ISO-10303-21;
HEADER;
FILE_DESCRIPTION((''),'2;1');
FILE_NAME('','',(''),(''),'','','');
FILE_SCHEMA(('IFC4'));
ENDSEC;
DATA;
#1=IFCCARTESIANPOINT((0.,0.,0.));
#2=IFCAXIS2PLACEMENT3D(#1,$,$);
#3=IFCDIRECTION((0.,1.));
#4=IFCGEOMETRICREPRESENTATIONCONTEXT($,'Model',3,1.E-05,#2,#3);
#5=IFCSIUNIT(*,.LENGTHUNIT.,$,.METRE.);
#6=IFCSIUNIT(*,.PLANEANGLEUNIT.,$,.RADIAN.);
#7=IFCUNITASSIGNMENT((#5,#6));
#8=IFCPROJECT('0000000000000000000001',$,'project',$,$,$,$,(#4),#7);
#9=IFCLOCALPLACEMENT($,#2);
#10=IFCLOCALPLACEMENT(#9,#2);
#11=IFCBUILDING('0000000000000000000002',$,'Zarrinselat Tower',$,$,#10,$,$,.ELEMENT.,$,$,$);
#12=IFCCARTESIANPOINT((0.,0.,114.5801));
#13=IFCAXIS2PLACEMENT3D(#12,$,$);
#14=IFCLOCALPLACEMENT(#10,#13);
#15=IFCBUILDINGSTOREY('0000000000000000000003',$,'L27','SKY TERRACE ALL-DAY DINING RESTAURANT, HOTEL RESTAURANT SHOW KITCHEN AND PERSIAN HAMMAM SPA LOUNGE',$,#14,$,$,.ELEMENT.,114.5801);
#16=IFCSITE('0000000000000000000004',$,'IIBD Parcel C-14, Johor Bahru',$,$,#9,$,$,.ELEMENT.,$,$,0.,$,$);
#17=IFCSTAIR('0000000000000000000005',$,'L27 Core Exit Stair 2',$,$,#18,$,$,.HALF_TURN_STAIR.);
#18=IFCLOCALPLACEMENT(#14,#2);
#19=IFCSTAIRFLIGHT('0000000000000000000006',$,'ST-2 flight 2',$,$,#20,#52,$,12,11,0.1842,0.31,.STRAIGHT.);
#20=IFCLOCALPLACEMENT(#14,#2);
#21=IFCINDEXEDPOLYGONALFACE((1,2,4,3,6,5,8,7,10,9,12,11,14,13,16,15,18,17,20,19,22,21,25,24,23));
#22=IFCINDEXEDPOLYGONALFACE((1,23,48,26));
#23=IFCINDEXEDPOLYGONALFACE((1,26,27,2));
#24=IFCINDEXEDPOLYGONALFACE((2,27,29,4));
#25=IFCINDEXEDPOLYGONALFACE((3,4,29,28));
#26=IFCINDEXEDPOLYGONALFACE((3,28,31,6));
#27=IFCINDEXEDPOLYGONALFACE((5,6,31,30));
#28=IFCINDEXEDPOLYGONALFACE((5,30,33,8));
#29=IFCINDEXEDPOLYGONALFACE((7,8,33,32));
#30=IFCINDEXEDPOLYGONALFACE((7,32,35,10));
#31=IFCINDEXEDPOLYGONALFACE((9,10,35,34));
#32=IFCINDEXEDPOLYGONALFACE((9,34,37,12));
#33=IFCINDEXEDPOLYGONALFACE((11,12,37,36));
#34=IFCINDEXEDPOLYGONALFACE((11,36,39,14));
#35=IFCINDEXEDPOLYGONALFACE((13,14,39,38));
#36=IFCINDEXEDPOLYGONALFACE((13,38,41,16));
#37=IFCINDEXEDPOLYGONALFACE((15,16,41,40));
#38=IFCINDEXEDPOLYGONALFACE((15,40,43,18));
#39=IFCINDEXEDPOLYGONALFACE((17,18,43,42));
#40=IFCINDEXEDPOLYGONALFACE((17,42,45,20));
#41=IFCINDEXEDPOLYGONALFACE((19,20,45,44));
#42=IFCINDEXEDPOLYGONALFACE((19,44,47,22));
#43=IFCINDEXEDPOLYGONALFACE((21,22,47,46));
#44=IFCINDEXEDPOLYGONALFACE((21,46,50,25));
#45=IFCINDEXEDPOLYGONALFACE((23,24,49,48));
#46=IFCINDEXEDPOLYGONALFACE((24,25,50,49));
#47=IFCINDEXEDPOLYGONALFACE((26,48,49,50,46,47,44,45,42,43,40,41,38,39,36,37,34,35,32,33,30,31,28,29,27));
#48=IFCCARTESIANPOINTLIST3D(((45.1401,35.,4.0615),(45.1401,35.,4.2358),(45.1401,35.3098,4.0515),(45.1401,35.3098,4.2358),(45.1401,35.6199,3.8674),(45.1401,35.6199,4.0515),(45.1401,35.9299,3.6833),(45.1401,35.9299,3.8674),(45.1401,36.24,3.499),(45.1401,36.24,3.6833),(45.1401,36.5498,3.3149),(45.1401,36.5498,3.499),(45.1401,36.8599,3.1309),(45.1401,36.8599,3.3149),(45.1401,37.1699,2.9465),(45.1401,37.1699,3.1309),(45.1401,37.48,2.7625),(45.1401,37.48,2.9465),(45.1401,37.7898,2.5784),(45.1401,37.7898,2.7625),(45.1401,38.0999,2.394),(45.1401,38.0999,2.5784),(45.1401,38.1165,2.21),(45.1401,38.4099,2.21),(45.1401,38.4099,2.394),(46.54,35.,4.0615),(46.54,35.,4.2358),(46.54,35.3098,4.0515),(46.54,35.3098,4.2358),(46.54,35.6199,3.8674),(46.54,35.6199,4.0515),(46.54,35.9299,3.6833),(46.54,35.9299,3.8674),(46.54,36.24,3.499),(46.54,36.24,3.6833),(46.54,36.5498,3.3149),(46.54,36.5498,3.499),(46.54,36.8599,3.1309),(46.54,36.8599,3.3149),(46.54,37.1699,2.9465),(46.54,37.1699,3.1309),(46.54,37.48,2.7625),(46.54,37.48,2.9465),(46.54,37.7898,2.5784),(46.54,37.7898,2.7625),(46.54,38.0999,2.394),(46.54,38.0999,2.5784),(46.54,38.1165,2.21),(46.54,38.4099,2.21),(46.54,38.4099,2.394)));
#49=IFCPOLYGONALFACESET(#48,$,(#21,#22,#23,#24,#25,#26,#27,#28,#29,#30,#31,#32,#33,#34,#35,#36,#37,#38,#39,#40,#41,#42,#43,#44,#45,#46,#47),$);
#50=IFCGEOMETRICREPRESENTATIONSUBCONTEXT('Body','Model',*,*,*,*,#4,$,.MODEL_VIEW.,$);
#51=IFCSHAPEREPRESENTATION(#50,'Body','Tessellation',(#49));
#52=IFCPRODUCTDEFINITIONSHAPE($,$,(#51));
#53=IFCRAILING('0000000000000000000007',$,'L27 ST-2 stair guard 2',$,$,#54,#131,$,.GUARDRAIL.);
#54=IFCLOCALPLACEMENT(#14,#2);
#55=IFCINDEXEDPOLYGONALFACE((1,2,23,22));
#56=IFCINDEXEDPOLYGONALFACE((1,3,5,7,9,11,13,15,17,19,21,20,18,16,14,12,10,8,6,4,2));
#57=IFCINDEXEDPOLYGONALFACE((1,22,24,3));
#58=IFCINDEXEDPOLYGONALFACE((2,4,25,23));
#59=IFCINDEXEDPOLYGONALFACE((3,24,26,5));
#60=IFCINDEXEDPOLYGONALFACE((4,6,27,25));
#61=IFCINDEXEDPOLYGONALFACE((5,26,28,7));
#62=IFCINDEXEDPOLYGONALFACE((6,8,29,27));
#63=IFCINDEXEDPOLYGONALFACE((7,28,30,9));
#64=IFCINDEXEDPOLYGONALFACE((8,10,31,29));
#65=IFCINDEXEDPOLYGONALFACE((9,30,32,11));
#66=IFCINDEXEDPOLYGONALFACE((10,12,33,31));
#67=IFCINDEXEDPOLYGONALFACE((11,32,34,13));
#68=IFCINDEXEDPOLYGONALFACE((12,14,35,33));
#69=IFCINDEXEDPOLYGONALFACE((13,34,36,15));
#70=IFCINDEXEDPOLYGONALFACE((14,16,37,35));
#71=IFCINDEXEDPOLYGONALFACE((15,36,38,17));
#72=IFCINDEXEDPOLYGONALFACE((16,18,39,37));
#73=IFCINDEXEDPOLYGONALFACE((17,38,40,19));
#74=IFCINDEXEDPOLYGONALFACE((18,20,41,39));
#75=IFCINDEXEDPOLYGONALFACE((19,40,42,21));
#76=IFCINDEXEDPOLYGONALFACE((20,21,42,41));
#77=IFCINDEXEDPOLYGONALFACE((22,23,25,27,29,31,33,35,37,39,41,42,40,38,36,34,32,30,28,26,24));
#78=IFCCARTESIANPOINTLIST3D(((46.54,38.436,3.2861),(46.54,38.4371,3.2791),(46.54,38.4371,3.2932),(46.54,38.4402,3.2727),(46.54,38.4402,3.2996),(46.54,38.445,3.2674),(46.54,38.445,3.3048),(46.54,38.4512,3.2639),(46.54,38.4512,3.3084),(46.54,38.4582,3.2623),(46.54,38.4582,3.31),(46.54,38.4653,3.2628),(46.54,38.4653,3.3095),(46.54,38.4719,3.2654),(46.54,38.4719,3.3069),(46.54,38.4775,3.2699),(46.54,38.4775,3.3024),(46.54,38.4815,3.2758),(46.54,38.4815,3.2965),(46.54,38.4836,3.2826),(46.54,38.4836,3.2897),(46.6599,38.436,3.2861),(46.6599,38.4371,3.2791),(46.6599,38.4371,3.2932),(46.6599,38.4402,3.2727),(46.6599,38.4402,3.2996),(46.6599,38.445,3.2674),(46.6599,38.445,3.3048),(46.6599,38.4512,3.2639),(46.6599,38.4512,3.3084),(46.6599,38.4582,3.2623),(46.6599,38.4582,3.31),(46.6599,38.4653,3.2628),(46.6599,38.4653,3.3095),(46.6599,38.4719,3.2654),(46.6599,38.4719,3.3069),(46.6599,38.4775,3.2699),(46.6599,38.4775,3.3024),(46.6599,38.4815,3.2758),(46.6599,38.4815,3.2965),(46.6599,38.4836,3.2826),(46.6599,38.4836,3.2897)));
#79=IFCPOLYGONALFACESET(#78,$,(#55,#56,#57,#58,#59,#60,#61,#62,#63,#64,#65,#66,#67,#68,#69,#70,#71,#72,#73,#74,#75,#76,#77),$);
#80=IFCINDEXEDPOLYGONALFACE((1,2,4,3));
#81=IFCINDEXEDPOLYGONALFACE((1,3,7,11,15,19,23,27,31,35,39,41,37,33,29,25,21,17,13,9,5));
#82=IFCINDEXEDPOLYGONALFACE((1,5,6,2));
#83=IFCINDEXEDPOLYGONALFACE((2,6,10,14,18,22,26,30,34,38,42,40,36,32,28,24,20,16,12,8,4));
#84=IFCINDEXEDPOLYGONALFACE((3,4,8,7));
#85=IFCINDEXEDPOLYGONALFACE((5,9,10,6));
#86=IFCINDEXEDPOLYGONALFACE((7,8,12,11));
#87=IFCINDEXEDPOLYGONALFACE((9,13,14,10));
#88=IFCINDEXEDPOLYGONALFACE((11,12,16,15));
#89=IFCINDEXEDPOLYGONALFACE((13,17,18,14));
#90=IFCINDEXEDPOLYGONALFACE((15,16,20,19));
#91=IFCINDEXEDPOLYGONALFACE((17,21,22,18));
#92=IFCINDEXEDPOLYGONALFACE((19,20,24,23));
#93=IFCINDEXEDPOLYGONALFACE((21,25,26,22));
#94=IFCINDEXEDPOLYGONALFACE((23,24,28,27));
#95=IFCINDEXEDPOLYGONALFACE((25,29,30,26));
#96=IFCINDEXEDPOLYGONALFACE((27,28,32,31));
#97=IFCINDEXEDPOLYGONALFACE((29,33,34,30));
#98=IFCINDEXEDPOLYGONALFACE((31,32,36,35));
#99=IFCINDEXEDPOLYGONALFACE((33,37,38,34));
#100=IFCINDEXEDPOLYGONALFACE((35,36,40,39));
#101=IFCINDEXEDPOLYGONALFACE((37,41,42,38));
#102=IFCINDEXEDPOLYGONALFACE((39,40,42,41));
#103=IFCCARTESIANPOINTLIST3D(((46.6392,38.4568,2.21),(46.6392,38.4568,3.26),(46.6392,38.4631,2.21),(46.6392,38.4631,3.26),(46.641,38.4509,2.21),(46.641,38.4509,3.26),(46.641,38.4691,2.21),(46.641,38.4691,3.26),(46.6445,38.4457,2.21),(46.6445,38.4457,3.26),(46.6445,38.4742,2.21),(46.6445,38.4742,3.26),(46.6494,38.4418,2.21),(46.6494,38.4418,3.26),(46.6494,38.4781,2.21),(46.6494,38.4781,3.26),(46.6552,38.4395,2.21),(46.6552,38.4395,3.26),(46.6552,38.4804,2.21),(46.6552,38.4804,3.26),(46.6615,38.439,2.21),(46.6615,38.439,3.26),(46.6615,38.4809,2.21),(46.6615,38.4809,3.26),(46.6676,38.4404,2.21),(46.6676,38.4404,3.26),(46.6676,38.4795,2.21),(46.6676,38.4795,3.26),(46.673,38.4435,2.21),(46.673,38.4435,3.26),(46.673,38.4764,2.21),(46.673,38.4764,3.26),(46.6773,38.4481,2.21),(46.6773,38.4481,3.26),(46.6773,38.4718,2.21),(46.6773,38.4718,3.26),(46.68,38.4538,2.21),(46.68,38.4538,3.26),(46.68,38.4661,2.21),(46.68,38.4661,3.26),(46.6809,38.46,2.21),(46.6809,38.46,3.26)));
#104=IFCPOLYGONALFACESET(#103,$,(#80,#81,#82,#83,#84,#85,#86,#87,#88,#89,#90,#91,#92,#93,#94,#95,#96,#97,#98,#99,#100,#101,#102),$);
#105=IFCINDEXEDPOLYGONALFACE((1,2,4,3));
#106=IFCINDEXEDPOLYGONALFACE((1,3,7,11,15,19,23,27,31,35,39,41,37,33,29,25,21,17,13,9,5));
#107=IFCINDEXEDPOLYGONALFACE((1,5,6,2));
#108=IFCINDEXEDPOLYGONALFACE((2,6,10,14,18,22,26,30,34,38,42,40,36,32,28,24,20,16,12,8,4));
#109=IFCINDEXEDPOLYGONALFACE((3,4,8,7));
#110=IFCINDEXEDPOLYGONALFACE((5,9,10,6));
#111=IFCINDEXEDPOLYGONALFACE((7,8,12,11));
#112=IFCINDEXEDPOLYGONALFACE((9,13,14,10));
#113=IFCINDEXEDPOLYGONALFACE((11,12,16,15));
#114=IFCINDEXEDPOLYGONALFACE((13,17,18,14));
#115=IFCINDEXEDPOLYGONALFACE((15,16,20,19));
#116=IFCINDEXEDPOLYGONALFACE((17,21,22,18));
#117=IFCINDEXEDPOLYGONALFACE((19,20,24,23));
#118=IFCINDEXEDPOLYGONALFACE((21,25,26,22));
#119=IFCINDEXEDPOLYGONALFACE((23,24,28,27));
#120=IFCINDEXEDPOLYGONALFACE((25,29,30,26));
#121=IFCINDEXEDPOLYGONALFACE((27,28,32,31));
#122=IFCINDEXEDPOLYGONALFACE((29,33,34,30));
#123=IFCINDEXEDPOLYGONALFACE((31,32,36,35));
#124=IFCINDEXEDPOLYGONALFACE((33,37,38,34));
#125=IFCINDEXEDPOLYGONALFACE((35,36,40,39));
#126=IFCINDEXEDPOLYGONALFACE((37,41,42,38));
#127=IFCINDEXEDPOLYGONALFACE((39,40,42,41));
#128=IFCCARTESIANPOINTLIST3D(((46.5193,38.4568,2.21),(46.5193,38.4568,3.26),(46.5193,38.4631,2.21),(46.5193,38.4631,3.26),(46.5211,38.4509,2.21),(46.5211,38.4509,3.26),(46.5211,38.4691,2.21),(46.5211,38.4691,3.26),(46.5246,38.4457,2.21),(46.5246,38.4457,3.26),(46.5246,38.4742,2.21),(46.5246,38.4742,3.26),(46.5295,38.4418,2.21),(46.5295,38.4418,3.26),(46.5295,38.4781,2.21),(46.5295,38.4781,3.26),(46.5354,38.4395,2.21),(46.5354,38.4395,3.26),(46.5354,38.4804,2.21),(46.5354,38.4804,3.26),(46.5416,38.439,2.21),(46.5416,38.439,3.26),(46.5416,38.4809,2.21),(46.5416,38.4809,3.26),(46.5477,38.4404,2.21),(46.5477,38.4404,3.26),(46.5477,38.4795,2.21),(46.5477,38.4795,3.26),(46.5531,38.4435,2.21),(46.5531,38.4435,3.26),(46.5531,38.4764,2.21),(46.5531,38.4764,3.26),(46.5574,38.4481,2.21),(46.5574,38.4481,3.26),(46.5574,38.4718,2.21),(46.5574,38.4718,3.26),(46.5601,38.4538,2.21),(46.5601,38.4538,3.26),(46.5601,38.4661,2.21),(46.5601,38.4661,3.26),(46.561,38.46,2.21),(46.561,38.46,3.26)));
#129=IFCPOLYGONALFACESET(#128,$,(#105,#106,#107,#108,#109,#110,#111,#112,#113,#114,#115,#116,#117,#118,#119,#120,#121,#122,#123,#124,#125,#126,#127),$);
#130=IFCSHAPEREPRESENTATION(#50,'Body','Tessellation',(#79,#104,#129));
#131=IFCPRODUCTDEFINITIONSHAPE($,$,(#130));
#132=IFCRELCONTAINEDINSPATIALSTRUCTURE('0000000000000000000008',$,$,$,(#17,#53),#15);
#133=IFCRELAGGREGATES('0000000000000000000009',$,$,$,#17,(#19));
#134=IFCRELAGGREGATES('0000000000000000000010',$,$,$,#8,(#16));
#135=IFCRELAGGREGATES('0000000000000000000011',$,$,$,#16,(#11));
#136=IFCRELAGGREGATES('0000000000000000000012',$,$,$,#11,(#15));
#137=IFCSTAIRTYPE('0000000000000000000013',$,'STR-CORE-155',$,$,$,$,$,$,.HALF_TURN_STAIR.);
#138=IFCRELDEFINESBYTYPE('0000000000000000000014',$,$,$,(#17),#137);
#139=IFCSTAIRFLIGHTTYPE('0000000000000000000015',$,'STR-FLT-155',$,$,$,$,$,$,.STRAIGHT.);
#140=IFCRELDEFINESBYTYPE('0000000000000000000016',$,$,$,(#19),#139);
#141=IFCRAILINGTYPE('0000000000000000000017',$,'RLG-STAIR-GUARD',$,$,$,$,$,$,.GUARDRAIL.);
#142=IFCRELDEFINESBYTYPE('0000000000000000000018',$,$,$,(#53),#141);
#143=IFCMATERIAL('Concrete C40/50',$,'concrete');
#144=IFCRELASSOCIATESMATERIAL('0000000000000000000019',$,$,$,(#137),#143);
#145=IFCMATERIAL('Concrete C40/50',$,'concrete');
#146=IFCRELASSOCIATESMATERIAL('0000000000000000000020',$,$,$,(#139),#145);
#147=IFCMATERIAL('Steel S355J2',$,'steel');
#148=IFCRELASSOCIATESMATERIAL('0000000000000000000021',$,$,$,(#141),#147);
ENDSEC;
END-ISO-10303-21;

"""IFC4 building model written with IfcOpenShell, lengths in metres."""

from ifc_helpers import new_model, si_unit, direction, frame, origin, origin_2d, place, context, subcontext, project, spatial, polyline, circle, outline, extrude, material, type_object, element, aggregate, save


model = new_model("IFC4")

# Units and contexts
model_context = context("Model", 3, precision=1e-05, world=origin(), true_north=direction((0.0, 1.0)))
body_context = subcontext(model_context, "Body", "Model", "MODEL_VIEW")
ifc_project = project(units=[si_unit("LENGTHUNIT", "METRE"), si_unit("PLANEANGLEUNIT", "RADIAN")], contexts=[model_context])

# Site, building, storey
site_placement = place(None, origin())
site = spatial("IfcSite", under=ifc_project, at=site_placement, Name="IIBD Parcel C-14, Johor Bahru", CompositionType="ELEMENT", RefElevation=0.0)
building_placement = place(site_placement, origin())
building = spatial("IfcBuilding", under=site, at=building_placement, Name="Zarrinselat Tower", CompositionType="ELEMENT")
storey_placement = place(building_placement, frame((0.0, 0.0, 114.5801)))
storey = spatial("IfcBuildingStorey", under=building, at=storey_placement, Name="L27", Description="SKY TERRACE ALL-DAY DINING RESTAURANT, HOTEL RESTAURANT SHOW KITCHEN AND PERSIAN HAMMAM SPA LOUNGE", CompositionType="ELEMENT", Elevation=114.5801)

# Stair, stair flight
ifc_material_1 = material(Name="Concrete C40/50", Category="concrete")
stair_type = type_object("IfcStairType", Name="STR-CORE-155", PredefinedType="HALF_TURN_STAIR", material=ifc_material_1)
stair_placement = place(storey_placement, origin())
stair = element("IfcStair", 1, at=stair_placement, inside=storey, type_object=stair_type, Name="L27 Core Exit Stair 2", PredefinedType="HALF_TURN_STAIR")
ifc_material_2 = material(Name="Concrete C40/50", Category="concrete")
stair_flight_type = type_object("IfcStairFlightType", Name="STR-FLT-155", PredefinedType="STRAIGHT", material=ifc_material_2)
stair_flight_placement = place(storey_placement, frame((45.8401, 38.4099, 2.21), z_axis=(0.0, 0.0, 1.0), x_axis=(0.0, -1.0, 0.0)))
stair_flight = element("IfcStairFlight", 2, at=stair_flight_placement, type_object=stair_flight_type, Name="ST-2 flight 2", NumberOfRisers=12, NumberOfTreads=11, PredefinedType="STRAIGHT", RiserHeight=0.1842, TreadLength=0.31, context=body_context, shape_type="SweptSolid", body=[
    extrude(outline(polyline([(0.0, 0.0), (0.0, 0.1841), (0.3101, 0.1841), (0.3101, 0.3684), (0.6201, 0.3684), (0.6201, 0.5525), (0.9299, 0.5525), (0.9299, 0.7366), (1.24, 0.7366), (1.24, 0.9209), (1.55, 0.9209), (1.55, 1.105), (1.8601, 1.105), (1.8601, 1.2891), (2.1699, 1.2891), (2.1699, 1.4734), (2.48, 1.4734), (2.48, 1.6575), (2.79, 1.6575), (2.79, 1.8416), (3.1001, 1.8416), (3.1001, 2.0259), (3.4099, 2.0259), (3.4099, 2.21), (3.4099, 1.8516), (0.2935, 0.0), (0.0, 0.0)])), frame((0.0, 0.7, 0.0), z_axis=(0.0, -1.0, 0.0), x_axis=(1.0, 0.0, 0.0)), (0.0, 0.0, 1.0), 1.3999),
])
aggregate(stair, [stair_flight])

# Railing
ifc_material_3 = material(Name="Steel S355J2", Category="steel")
railing_type = type_object("IfcRailingType", Name="RLG-STAIR-GUARD", PredefinedType="GUARDRAIL", material=ifc_material_3)
railing_1_placement = place(storey_placement, frame((46.6599, 38.46, 2.21)))
element("IfcRailing", 3, at=railing_1_placement, inside=storey, type_object=railing_type, Name="L27 ST-2 stair guard 2", PredefinedType="GUARDRAIL", context=body_context, shape_type="SweptSolid", body=[
    extrude(circle(Radius=0.0239, at=origin_2d()), frame((0.0, 0.0, 1.0762), z_axis=(-1.0, 0.0, 0.0), x_axis=(0.0, -1.0, 0.0)), (0.0, 0.0, 1.0), 0.1199),
    extrude(circle(Radius=0.021, at=origin_2d()), origin(), (0.0, 0.0, 1.0), 1.05),
    extrude(circle(Radius=0.021, at=origin_2d()), frame((-0.1199, 0.0, 0.0)), (0.0, 0.0, 1.0), 1.05),
])

save(model, "model.ifc")
